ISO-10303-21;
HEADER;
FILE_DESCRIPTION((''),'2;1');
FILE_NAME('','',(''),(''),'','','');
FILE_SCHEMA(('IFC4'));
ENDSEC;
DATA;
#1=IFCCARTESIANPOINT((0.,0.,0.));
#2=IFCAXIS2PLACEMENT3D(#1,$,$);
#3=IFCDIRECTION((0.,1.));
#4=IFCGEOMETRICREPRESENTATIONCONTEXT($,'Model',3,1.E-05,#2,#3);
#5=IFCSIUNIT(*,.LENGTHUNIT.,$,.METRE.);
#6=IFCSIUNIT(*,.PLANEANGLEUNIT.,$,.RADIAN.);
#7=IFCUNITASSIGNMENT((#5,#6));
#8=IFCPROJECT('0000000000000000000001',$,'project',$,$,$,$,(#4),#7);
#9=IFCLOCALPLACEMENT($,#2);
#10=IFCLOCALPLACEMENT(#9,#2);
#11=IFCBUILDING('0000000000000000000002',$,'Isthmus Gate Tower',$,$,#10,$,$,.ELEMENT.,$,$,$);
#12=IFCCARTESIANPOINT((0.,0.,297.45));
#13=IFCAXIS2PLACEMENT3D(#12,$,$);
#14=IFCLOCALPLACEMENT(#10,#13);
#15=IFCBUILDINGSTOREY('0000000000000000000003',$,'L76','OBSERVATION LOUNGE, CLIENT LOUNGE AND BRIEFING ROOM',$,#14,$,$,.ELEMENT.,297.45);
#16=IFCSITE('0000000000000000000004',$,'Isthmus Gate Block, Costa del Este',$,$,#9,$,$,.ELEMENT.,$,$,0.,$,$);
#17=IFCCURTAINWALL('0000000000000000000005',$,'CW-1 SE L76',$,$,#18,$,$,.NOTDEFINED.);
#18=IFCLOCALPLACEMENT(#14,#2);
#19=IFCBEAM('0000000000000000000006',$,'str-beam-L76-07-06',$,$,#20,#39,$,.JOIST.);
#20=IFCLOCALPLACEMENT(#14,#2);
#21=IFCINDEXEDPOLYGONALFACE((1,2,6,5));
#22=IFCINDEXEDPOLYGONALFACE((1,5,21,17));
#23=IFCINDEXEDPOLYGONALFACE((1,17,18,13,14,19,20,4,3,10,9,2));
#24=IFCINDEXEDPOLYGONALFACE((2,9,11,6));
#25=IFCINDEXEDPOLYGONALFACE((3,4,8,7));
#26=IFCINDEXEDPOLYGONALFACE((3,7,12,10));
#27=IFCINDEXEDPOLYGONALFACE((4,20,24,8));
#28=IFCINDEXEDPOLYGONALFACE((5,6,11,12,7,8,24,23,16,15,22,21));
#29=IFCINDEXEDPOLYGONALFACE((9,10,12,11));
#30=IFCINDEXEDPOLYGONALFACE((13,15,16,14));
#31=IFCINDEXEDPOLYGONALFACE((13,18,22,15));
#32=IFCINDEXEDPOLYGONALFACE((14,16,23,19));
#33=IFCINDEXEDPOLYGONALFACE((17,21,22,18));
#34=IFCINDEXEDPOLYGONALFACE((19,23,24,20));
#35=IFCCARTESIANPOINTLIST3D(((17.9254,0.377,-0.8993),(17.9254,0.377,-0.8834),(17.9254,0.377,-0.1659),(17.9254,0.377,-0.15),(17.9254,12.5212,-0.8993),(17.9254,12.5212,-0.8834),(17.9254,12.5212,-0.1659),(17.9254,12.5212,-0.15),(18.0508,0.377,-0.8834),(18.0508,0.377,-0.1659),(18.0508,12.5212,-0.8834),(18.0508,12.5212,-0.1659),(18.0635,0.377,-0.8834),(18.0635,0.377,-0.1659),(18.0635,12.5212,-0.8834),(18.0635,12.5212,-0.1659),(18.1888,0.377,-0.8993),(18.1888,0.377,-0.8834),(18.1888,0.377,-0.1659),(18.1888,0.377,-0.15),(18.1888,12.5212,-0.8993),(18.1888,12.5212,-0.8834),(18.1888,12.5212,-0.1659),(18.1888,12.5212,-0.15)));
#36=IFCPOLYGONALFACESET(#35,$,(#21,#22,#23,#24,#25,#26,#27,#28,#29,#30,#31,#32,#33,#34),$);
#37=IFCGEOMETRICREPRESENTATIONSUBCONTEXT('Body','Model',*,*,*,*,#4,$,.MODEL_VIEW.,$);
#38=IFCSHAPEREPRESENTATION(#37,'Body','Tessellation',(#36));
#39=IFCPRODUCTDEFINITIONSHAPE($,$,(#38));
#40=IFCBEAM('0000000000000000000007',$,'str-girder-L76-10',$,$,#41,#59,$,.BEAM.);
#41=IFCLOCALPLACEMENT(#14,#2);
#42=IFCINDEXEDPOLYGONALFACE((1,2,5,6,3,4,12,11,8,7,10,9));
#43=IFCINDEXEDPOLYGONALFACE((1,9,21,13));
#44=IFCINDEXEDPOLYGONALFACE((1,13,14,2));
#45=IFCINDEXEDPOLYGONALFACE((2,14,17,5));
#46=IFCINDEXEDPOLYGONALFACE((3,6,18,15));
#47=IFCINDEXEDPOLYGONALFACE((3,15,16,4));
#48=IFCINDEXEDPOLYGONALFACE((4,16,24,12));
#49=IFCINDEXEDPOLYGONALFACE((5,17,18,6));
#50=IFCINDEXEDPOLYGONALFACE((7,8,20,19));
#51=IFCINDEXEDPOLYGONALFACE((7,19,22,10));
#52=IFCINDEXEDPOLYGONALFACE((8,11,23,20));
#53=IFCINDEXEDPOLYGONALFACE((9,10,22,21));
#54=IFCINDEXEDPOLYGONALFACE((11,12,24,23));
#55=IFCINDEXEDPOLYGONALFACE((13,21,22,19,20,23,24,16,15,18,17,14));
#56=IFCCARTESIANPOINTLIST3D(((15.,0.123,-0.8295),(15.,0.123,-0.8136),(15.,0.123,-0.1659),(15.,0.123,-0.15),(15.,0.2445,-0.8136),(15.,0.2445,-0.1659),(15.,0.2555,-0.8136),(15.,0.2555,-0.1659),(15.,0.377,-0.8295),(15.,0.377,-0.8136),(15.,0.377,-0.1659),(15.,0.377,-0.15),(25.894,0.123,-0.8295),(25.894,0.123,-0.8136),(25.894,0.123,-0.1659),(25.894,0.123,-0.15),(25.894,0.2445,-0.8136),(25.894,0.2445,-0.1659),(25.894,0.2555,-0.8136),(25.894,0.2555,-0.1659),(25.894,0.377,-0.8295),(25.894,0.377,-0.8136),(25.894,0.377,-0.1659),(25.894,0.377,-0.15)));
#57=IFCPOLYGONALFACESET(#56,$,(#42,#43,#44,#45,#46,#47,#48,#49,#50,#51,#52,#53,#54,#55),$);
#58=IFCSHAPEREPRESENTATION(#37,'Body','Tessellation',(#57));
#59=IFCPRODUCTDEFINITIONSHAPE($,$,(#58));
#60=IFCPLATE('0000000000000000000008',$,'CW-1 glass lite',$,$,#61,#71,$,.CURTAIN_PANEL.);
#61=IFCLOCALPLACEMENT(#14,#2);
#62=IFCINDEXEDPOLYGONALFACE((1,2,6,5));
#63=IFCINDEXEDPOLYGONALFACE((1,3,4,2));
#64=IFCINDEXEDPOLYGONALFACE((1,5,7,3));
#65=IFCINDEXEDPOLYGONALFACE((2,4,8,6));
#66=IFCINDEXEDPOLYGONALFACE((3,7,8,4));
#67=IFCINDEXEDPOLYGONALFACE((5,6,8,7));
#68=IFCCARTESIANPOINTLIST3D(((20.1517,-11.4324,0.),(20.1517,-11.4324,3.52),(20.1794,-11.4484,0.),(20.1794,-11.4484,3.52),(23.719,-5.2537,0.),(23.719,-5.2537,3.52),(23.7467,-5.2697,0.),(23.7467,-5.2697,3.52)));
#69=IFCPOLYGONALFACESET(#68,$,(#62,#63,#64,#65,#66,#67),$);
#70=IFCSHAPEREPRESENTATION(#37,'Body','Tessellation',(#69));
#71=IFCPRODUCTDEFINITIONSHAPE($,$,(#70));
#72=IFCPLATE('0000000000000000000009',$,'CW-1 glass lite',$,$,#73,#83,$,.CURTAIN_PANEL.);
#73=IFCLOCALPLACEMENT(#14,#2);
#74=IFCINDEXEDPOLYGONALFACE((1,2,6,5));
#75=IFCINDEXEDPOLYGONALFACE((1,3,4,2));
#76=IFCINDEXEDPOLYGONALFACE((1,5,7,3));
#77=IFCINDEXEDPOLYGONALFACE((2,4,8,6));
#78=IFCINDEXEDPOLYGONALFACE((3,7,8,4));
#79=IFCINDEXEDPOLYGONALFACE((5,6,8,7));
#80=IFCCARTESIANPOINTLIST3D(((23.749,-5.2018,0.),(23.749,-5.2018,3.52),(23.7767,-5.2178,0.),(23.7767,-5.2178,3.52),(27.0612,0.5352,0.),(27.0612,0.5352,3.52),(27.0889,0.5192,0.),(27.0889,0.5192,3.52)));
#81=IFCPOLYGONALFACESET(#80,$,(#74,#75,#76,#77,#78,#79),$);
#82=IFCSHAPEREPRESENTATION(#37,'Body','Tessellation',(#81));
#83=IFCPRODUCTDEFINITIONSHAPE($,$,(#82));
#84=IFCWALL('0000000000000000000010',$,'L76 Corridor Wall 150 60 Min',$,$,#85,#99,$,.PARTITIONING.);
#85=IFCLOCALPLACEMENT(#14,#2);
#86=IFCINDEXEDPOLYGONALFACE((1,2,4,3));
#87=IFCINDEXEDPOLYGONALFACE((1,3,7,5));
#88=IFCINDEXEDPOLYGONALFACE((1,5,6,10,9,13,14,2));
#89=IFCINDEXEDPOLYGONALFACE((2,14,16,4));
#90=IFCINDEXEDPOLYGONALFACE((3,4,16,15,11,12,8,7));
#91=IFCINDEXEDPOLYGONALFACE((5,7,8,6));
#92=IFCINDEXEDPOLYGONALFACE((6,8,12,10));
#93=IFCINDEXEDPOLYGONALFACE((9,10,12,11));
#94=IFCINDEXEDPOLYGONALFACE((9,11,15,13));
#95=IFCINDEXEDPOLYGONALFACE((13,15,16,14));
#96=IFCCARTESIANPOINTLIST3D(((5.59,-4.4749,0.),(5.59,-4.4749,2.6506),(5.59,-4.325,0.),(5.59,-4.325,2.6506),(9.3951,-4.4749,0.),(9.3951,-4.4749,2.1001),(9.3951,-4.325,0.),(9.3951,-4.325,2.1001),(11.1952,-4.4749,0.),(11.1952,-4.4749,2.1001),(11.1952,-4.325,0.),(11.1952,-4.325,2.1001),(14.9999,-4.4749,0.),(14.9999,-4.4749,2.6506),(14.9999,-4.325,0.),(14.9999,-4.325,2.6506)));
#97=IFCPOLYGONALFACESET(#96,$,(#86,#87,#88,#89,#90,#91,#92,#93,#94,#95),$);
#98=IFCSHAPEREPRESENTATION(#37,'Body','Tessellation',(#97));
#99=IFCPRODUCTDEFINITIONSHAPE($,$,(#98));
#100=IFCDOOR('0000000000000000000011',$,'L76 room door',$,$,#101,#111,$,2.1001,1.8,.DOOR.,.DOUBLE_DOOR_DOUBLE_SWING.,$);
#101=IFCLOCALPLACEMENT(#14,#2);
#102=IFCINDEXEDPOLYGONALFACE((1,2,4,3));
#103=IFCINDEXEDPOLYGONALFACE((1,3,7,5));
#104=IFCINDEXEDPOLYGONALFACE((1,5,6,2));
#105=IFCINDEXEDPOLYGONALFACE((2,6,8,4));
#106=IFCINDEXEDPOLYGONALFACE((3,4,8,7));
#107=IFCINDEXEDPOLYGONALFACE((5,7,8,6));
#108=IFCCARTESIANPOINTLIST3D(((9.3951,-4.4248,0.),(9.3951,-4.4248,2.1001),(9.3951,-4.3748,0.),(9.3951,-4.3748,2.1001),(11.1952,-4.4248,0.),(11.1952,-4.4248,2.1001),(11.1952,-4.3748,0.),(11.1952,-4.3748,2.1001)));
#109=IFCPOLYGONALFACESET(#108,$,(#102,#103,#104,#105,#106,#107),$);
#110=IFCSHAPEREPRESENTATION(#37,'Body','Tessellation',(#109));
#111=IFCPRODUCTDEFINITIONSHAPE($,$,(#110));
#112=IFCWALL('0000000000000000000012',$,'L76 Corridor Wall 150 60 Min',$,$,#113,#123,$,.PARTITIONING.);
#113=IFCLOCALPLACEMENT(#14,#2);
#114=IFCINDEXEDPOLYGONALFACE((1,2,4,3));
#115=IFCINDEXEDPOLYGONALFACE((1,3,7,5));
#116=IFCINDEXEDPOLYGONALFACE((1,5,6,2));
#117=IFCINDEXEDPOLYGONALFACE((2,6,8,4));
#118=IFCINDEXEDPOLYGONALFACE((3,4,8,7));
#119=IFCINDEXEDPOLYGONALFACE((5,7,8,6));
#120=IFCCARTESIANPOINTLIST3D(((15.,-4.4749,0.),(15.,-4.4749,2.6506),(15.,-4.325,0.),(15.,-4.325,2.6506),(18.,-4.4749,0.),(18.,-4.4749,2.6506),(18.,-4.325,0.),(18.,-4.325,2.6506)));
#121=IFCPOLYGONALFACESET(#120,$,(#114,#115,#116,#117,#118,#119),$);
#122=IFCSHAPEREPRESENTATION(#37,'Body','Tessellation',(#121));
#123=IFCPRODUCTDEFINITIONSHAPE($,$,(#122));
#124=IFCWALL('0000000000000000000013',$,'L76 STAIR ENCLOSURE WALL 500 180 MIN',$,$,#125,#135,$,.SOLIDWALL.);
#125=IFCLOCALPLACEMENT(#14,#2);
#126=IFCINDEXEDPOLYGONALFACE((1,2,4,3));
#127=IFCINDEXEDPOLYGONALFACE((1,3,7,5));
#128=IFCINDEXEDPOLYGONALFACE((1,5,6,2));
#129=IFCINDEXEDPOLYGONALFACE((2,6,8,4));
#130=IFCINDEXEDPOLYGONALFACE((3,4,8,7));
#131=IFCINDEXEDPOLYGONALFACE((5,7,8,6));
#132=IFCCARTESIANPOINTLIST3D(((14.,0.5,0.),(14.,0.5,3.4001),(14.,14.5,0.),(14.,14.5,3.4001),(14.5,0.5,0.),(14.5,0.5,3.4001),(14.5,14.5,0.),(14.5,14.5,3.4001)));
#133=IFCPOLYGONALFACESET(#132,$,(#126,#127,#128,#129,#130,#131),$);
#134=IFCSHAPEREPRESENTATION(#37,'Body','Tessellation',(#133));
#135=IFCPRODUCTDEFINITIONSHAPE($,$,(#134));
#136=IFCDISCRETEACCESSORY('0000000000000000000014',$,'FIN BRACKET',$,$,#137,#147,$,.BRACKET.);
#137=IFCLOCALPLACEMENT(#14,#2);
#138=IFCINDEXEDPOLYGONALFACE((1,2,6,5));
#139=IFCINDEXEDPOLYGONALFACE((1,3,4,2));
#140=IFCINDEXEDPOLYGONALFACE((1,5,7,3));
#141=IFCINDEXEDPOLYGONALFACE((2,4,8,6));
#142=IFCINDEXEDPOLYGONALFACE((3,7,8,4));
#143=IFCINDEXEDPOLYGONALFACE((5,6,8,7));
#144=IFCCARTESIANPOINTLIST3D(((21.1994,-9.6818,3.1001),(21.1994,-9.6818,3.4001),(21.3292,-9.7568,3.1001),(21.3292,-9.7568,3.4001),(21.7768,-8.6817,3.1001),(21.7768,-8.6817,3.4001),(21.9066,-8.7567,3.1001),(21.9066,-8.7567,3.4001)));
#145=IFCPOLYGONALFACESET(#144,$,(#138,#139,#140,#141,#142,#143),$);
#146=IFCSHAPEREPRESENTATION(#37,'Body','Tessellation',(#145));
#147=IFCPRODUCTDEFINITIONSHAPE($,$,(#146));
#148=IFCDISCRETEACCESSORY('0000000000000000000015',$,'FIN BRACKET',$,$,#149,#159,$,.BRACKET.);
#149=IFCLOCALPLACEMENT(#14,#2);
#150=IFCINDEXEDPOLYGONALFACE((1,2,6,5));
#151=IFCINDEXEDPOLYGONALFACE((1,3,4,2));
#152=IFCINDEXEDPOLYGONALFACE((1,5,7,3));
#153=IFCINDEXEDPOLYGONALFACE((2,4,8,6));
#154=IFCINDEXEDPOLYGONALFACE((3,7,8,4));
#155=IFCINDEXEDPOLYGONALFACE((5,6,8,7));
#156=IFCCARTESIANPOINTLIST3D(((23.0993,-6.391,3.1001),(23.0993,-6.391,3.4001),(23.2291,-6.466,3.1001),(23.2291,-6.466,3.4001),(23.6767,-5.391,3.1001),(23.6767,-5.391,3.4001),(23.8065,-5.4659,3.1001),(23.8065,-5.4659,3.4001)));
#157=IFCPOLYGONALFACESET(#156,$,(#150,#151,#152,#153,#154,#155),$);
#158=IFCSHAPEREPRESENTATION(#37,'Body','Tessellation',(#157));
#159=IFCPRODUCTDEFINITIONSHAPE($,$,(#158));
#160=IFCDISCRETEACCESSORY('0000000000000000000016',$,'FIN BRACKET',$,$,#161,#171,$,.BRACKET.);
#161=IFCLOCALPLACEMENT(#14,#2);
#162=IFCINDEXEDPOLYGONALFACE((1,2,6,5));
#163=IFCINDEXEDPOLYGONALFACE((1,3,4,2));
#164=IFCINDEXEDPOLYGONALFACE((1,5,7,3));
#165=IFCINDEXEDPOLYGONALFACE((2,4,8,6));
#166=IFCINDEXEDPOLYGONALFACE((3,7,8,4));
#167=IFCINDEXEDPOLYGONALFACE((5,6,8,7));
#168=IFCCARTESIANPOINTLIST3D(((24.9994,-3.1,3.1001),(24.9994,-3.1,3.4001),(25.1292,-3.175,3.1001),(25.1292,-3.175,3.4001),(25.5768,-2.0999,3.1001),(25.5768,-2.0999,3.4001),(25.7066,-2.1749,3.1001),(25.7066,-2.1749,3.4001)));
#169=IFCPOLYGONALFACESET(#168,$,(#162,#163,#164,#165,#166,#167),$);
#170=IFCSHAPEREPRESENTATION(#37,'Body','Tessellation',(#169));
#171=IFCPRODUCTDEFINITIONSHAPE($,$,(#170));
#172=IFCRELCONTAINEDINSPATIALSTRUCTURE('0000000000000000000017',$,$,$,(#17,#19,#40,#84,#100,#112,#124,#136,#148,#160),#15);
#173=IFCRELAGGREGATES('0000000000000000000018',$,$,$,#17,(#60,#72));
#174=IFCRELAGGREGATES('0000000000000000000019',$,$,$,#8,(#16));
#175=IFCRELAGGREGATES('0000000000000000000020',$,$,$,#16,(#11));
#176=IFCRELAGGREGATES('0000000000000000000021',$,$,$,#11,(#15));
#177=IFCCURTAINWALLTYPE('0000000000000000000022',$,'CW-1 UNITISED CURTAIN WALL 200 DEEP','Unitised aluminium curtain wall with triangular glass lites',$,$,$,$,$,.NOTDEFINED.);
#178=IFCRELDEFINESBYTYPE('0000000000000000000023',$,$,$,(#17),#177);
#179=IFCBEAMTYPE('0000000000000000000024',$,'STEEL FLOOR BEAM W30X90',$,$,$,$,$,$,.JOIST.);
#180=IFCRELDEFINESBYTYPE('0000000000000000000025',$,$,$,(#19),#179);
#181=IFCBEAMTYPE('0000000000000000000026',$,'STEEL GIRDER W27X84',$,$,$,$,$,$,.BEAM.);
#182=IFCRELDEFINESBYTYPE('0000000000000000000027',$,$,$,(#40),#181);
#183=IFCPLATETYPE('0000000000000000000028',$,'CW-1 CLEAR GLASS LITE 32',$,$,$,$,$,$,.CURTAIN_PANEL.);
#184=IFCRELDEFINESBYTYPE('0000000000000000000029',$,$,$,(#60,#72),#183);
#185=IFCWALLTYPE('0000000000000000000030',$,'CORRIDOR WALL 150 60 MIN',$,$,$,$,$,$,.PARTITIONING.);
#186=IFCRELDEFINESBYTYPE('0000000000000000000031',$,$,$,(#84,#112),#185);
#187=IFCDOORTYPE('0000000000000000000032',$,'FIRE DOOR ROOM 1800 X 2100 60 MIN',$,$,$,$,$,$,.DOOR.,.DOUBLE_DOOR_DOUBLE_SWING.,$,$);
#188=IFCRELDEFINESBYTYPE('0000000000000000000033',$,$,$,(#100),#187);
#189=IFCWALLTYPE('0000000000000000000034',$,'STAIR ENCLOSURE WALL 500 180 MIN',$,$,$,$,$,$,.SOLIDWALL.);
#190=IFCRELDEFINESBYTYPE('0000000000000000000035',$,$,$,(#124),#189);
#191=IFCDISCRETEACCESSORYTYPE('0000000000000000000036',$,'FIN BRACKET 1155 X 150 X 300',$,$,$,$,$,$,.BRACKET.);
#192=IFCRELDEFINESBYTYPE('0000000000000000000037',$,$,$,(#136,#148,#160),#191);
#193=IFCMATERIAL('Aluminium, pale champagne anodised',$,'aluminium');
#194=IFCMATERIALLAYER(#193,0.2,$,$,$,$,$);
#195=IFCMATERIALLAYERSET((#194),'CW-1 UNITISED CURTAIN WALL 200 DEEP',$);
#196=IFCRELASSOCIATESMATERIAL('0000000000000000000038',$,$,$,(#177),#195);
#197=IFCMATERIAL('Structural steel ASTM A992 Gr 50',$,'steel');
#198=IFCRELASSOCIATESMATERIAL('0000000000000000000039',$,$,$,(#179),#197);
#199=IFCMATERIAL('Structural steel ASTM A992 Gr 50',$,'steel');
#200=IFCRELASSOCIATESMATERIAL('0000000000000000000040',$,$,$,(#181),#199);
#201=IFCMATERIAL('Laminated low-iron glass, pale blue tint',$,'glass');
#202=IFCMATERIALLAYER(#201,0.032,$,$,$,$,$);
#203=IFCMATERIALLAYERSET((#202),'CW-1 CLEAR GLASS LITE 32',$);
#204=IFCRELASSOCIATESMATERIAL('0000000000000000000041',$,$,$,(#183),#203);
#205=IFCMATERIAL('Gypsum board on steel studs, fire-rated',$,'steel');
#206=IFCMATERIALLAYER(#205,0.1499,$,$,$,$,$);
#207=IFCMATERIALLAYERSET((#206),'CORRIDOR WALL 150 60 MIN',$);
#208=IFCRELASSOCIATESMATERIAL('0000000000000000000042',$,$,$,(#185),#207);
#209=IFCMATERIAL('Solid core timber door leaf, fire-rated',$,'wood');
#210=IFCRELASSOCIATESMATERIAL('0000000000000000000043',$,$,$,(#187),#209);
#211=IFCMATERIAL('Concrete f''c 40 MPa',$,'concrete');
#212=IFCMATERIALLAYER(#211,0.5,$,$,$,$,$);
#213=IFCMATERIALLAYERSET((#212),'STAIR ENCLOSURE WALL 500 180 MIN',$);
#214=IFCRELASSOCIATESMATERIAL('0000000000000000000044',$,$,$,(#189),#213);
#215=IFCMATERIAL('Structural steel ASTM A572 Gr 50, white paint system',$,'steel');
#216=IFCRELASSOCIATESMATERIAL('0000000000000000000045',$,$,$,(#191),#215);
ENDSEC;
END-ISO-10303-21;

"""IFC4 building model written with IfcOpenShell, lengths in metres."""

from ifc_helpers import new_model, si_unit, direction, frame, frame_2d, origin, origin_2d, place, context, subcontext, project, spatial, rectangle, i_section, extrude, material, layer, layer_set, material_profile, profile_set, type_object, element, fill, aggregate, save


model = new_model("IFC4")

# Units and contexts
model_context = context("Model", 3, precision=1e-05, world=origin(), true_north=direction((0.0, 1.0)))
body_context = subcontext(model_context, "Body", "Model", "MODEL_VIEW")
ifc_project = project(units=[si_unit("LENGTHUNIT", "METRE"), si_unit("PLANEANGLEUNIT", "RADIAN")], contexts=[model_context])

# Site, building, storey
site_placement = place(None, origin())
site = spatial("IfcSite", under=ifc_project, at=site_placement, Name="Isthmus Gate Block, Costa del Este", CompositionType="ELEMENT", RefElevation=0.0)
building_placement = place(site_placement, origin())
building = spatial("IfcBuilding", under=site, at=building_placement, Name="Isthmus Gate Tower", CompositionType="ELEMENT")
storey_placement = place(building_placement, frame((0.0, 0.0, 297.45)))
storey = spatial("IfcBuildingStorey", under=building, at=storey_placement, Name="L76", Description="OBSERVATION LOUNGE, CLIENT LOUNGE AND BRIEFING ROOM", CompositionType="ELEMENT", Elevation=297.45)

# Curtain wall
ifc_material_1 = material(Name="Aluminium, pale champagne anodised", Category="aluminium")
ifc_layer_1 = layer(ifc_material_1, 0.2)
ifc_layer_set_1 = layer_set([ifc_layer_1], Name="CW-1 UNITISED CURTAIN WALL 200 DEEP")
curtain_wall_type = type_object("IfcCurtainWallType", Name="CW-1 UNITISED CURTAIN WALL 200 DEEP", Description="Unitised aluminium curtain wall with triangular glass lites", PredefinedType="NOTDEFINED", material=ifc_layer_set_1)
curtain_wall_placement = place(storey_placement, origin())
curtain_wall = element("IfcCurtainWall", 1, at=curtain_wall_placement, inside=storey, type_object=curtain_wall_type, Name="CW-1 SE L76", PredefinedType="NOTDEFINED")

# Beams
ifc_material_2 = material(Name="Structural steel ASTM A992 Gr 50", Category="steel")
ifc_material_profile_1 = material_profile(ifc_material_2, i_section(OverallWidth=0.2634, OverallDepth=0.7493, WebThickness=0.0127, FlangeThickness=0.0159, at=origin_2d()), Name="W30X90")
ifc_profile_set_1 = profile_set([ifc_material_profile_1], Name="Structural steel ASTM A992 Gr 50")
beam_type_1 = type_object("IfcBeamType", Name="STEEL FLOOR BEAM W30X90", PredefinedType="JOIST", material=ifc_profile_set_1)
beam_1_placement = place(storey_placement, frame((18.0571, 0.377, -0.5247), z_axis=(0.0, 1.0, 0.0), x_axis=(-1.0, 0.0, 0.0)))
element("IfcBeam", 2, at=beam_1_placement, inside=storey, type_object=beam_type_1, Name="str-beam-L76-07-06", PredefinedType="JOIST", context=body_context, shape_type="SweptSolid", body=[
    extrude(i_section(OverallWidth=0.2634, OverallDepth=0.7493, WebThickness=0.0127, FlangeThickness=0.0159, at=origin_2d()), origin(), (0.0, 0.0, 1.0), 12.1443),
])
ifc_material_3 = material(Name="Structural steel ASTM A992 Gr 50", Category="steel")
ifc_material_profile_2 = material_profile(ifc_material_3, i_section(OverallWidth=0.2539, OverallDepth=0.6794, WebThickness=0.011, FlangeThickness=0.0159, at=origin_2d()), Name="W27X84")
ifc_profile_set_2 = profile_set([ifc_material_profile_2], Name="Structural steel ASTM A992 Gr 50")
beam_type_2 = type_object("IfcBeamType", Name="STEEL GIRDER W27X84", PredefinedType="BEAM", material=ifc_profile_set_2)
beam_2_placement = place(storey_placement, frame((15.0, 0.25, -0.4897), z_axis=(1.0, 0.0, 0.0), x_axis=(0.0, 1.0, 0.0)))
element("IfcBeam", 3, at=beam_2_placement, inside=storey, type_object=beam_type_2, Name="str-girder-L76-10", PredefinedType="BEAM", context=body_context, shape_type="SweptSolid", body=[
    extrude(i_section(OverallWidth=0.2539, OverallDepth=0.6794, WebThickness=0.011, FlangeThickness=0.0159, at=origin_2d()), origin(), (0.0, 0.0, 1.0), 10.894),
])

# Plates
ifc_material_4 = material(Name="Laminated low-iron glass, pale blue tint", Category="glass")
ifc_layer_2 = layer(ifc_material_4, 0.032)
ifc_layer_set_2 = layer_set([ifc_layer_2], Name="CW-1 CLEAR GLASS LITE 32")
plate_type = type_object("IfcPlateType", Name="CW-1 CLEAR GLASS LITE 32", PredefinedType="CURTAIN_PANEL", material=ifc_layer_set_2)
plate_1_placement = place(storey_placement, frame((21.9492, -8.3511, 0.0), z_axis=(0.0, 0.0, 1.0), x_axis=(0.5, 0.866025, 0.0)))
plate_1 = element("IfcPlate", 4, at=plate_1_placement, type_object=plate_type, Name="CW-1 glass lite", PredefinedType="CURTAIN_PANEL", context=body_context, shape_type="SweptSolid", body=[
    extrude(rectangle(XDim=7.1345, YDim=0.032, at=origin_2d()), origin(), (0.0, 0.0, 1.0), 3.52),
])
plate_2_placement = place(storey_placement, frame((25.4189, -2.3413, 0.0), z_axis=(0.0, 0.0, 1.0), x_axis=(0.5, 0.866025, 0.0)))
plate_2 = element("IfcPlate", 5, at=plate_2_placement, type_object=plate_type, Name="CW-1 glass lite", PredefinedType="CURTAIN_PANEL", context=body_context, shape_type="SweptSolid", body=[
    extrude(rectangle(XDim=6.6245, YDim=0.032, at=origin_2d()), origin(), (0.0, 0.0, 1.0), 3.52),
])
aggregate(curtain_wall, [plate_1, plate_2])

# Wall, opening, door
ifc_material_5 = material(Name="Gypsum board on steel studs, fire-rated", Category="steel")
ifc_layer_3 = layer(ifc_material_5, 0.1499)
ifc_layer_set_3 = layer_set([ifc_layer_3], Name="CORRIDOR WALL 150 60 MIN")
wall_type_1 = type_object("IfcWallType", Name="CORRIDOR WALL 150 60 MIN", PredefinedType="PARTITIONING", material=ifc_layer_set_3)
wall_1_placement = place(storey_placement, frame((15.0, -4.3999, 0.0), z_axis=(0.0, 0.0, 1.0), x_axis=(-1.0, 0.0, 0.0)))
wall_1 = element("IfcWall", 6, at=wall_1_placement, inside=storey, type_object=wall_type_1, Name="L76 Corridor Wall 150 60 Min", PredefinedType="PARTITIONING", context=body_context, shape_type="SweptSolid", body=[
    extrude(rectangle(XDim=9.4099, YDim=0.1499, at=frame_2d((4.7051, 0.0))), origin(), (0.0, 0.0, 1.0), 2.6506),
])
opening_placement = place(wall_1_placement, frame((3.8049, 0.0, 0.0)))
opening = element("IfcOpeningElement", 7, at=opening_placement, cuts=wall_1, PredefinedType="OPENING", context=body_context, shape_type="SweptSolid", body=[
    extrude(rectangle(XDim=1.8, YDim=2.1001, at=frame_2d((0.8999, 1.05))), frame((0.0, 0.085, 0.0), z_axis=(0.0, -1.0, 0.0), x_axis=(1.0, 0.0, 0.0)), (0.0, 0.0, 1.0), 0.1699),
])
ifc_material_6 = material(Name="Solid core timber door leaf, fire-rated", Category="wood")
door_type = type_object("IfcDoorType", Name="FIRE DOOR ROOM 1800 X 2100 60 MIN", OperationType="DOUBLE_DOOR_DOUBLE_SWING", PredefinedType="DOOR", material=ifc_material_6)
door_placement = place(opening_placement, origin())
door = element("IfcDoor", 8, at=door_placement, inside=storey, type_object=door_type, Name="L76 room door", OperationType="DOUBLE_DOOR_DOUBLE_SWING", OverallHeight=2.1001, OverallWidth=1.8, PredefinedType="DOOR", context=body_context, shape_type="SweptSolid", body=[
    extrude(rectangle(XDim=1.8, YDim=2.1001, at=frame_2d((0.8999, 1.05))), frame((0.0, 0.0249, 0.0), z_axis=(0.0, -1.0, 0.0), x_axis=(1.0, 0.0, 0.0)), (0.0, 0.0, 1.0), 0.05),
])
fill(opening, door)

# Walls
wall_2_placement = place(storey_placement, frame((18.0, -4.3999, 0.0), z_axis=(0.0, 0.0, 1.0), x_axis=(-1.0, 0.0, 0.0)))
element("IfcWall", 9, at=wall_2_placement, inside=storey, type_object=wall_type_1, Name="L76 Corridor Wall 150 60 Min", PredefinedType="PARTITIONING", context=body_context, shape_type="SweptSolid", body=[
    extrude(rectangle(XDim=3.0, YDim=0.1499, at=frame_2d((1.5, 0.0))), origin(), (0.0, 0.0, 1.0), 2.6506),
])
ifc_material_7 = material(Name="Concrete f'c 40 MPa", Category="concrete")
ifc_layer_4 = layer(ifc_material_7, 0.5)
ifc_layer_set_4 = layer_set([ifc_layer_4], Name="STAIR ENCLOSURE WALL 500 180 MIN")
wall_type_2 = type_object("IfcWallType", Name="STAIR ENCLOSURE WALL 500 180 MIN", PredefinedType="SOLIDWALL", material=ifc_layer_set_4)
wall_3_placement = place(storey_placement, frame((14.25, 0.5, 0.0), z_axis=(0.0, 0.0, 1.0), x_axis=(0.0, 1.0, 0.0)))
element("IfcWall", 10, at=wall_3_placement, inside=storey, type_object=wall_type_2, Name="L76 STAIR ENCLOSURE WALL 500 180 MIN", PredefinedType="SOLIDWALL", context=body_context, shape_type="SweptSolid", body=[
    extrude(rectangle(XDim=14.0, YDim=0.5, at=frame_2d((7.0, 0.0))), origin(), (0.0, 0.0, 1.0), 3.4001),
])

# Discrete accessories
ifc_material_8 = material(Name="Structural steel ASTM A572 Gr 50, white paint system", Category="steel")
discrete_accessory_type = type_object("IfcDiscreteAccessoryType", Name="FIN BRACKET 1155 X 150 X 300", PredefinedType="BRACKET", material=ifc_material_8)
for number, where, z_axis, x_axis, name in (
    (11, (21.553, -9.2192, 3.1001), (0.0, 0.0, 1.0), (0.866025, -0.5, 0.0), "FIN BRACKET"),
    (12, (23.4529, -5.9285, 3.1001), (0.0, 0.0, 1.0), (0.866025, -0.5, 0.0), "FIN BRACKET"),
    (13, (25.353, -2.6375, 3.1001), (0.0, 0.0, 1.0), (0.866025, -0.5, 0.0), "FIN BRACKET"),
):
    element("IfcDiscreteAccessory", number, at=place(storey_placement, frame(where, z_axis=z_axis, x_axis=x_axis)), inside=storey, type_object=discrete_accessory_type, Name=name, PredefinedType="BRACKET", context=body_context, shape_type="SweptSolid", body=[
        extrude(rectangle(XDim=0.1499, YDim=1.1548, at=origin_2d()), origin(), (0.0, 0.0, 1.0), 0.3),
    ])

save(model, "model.ifc")
